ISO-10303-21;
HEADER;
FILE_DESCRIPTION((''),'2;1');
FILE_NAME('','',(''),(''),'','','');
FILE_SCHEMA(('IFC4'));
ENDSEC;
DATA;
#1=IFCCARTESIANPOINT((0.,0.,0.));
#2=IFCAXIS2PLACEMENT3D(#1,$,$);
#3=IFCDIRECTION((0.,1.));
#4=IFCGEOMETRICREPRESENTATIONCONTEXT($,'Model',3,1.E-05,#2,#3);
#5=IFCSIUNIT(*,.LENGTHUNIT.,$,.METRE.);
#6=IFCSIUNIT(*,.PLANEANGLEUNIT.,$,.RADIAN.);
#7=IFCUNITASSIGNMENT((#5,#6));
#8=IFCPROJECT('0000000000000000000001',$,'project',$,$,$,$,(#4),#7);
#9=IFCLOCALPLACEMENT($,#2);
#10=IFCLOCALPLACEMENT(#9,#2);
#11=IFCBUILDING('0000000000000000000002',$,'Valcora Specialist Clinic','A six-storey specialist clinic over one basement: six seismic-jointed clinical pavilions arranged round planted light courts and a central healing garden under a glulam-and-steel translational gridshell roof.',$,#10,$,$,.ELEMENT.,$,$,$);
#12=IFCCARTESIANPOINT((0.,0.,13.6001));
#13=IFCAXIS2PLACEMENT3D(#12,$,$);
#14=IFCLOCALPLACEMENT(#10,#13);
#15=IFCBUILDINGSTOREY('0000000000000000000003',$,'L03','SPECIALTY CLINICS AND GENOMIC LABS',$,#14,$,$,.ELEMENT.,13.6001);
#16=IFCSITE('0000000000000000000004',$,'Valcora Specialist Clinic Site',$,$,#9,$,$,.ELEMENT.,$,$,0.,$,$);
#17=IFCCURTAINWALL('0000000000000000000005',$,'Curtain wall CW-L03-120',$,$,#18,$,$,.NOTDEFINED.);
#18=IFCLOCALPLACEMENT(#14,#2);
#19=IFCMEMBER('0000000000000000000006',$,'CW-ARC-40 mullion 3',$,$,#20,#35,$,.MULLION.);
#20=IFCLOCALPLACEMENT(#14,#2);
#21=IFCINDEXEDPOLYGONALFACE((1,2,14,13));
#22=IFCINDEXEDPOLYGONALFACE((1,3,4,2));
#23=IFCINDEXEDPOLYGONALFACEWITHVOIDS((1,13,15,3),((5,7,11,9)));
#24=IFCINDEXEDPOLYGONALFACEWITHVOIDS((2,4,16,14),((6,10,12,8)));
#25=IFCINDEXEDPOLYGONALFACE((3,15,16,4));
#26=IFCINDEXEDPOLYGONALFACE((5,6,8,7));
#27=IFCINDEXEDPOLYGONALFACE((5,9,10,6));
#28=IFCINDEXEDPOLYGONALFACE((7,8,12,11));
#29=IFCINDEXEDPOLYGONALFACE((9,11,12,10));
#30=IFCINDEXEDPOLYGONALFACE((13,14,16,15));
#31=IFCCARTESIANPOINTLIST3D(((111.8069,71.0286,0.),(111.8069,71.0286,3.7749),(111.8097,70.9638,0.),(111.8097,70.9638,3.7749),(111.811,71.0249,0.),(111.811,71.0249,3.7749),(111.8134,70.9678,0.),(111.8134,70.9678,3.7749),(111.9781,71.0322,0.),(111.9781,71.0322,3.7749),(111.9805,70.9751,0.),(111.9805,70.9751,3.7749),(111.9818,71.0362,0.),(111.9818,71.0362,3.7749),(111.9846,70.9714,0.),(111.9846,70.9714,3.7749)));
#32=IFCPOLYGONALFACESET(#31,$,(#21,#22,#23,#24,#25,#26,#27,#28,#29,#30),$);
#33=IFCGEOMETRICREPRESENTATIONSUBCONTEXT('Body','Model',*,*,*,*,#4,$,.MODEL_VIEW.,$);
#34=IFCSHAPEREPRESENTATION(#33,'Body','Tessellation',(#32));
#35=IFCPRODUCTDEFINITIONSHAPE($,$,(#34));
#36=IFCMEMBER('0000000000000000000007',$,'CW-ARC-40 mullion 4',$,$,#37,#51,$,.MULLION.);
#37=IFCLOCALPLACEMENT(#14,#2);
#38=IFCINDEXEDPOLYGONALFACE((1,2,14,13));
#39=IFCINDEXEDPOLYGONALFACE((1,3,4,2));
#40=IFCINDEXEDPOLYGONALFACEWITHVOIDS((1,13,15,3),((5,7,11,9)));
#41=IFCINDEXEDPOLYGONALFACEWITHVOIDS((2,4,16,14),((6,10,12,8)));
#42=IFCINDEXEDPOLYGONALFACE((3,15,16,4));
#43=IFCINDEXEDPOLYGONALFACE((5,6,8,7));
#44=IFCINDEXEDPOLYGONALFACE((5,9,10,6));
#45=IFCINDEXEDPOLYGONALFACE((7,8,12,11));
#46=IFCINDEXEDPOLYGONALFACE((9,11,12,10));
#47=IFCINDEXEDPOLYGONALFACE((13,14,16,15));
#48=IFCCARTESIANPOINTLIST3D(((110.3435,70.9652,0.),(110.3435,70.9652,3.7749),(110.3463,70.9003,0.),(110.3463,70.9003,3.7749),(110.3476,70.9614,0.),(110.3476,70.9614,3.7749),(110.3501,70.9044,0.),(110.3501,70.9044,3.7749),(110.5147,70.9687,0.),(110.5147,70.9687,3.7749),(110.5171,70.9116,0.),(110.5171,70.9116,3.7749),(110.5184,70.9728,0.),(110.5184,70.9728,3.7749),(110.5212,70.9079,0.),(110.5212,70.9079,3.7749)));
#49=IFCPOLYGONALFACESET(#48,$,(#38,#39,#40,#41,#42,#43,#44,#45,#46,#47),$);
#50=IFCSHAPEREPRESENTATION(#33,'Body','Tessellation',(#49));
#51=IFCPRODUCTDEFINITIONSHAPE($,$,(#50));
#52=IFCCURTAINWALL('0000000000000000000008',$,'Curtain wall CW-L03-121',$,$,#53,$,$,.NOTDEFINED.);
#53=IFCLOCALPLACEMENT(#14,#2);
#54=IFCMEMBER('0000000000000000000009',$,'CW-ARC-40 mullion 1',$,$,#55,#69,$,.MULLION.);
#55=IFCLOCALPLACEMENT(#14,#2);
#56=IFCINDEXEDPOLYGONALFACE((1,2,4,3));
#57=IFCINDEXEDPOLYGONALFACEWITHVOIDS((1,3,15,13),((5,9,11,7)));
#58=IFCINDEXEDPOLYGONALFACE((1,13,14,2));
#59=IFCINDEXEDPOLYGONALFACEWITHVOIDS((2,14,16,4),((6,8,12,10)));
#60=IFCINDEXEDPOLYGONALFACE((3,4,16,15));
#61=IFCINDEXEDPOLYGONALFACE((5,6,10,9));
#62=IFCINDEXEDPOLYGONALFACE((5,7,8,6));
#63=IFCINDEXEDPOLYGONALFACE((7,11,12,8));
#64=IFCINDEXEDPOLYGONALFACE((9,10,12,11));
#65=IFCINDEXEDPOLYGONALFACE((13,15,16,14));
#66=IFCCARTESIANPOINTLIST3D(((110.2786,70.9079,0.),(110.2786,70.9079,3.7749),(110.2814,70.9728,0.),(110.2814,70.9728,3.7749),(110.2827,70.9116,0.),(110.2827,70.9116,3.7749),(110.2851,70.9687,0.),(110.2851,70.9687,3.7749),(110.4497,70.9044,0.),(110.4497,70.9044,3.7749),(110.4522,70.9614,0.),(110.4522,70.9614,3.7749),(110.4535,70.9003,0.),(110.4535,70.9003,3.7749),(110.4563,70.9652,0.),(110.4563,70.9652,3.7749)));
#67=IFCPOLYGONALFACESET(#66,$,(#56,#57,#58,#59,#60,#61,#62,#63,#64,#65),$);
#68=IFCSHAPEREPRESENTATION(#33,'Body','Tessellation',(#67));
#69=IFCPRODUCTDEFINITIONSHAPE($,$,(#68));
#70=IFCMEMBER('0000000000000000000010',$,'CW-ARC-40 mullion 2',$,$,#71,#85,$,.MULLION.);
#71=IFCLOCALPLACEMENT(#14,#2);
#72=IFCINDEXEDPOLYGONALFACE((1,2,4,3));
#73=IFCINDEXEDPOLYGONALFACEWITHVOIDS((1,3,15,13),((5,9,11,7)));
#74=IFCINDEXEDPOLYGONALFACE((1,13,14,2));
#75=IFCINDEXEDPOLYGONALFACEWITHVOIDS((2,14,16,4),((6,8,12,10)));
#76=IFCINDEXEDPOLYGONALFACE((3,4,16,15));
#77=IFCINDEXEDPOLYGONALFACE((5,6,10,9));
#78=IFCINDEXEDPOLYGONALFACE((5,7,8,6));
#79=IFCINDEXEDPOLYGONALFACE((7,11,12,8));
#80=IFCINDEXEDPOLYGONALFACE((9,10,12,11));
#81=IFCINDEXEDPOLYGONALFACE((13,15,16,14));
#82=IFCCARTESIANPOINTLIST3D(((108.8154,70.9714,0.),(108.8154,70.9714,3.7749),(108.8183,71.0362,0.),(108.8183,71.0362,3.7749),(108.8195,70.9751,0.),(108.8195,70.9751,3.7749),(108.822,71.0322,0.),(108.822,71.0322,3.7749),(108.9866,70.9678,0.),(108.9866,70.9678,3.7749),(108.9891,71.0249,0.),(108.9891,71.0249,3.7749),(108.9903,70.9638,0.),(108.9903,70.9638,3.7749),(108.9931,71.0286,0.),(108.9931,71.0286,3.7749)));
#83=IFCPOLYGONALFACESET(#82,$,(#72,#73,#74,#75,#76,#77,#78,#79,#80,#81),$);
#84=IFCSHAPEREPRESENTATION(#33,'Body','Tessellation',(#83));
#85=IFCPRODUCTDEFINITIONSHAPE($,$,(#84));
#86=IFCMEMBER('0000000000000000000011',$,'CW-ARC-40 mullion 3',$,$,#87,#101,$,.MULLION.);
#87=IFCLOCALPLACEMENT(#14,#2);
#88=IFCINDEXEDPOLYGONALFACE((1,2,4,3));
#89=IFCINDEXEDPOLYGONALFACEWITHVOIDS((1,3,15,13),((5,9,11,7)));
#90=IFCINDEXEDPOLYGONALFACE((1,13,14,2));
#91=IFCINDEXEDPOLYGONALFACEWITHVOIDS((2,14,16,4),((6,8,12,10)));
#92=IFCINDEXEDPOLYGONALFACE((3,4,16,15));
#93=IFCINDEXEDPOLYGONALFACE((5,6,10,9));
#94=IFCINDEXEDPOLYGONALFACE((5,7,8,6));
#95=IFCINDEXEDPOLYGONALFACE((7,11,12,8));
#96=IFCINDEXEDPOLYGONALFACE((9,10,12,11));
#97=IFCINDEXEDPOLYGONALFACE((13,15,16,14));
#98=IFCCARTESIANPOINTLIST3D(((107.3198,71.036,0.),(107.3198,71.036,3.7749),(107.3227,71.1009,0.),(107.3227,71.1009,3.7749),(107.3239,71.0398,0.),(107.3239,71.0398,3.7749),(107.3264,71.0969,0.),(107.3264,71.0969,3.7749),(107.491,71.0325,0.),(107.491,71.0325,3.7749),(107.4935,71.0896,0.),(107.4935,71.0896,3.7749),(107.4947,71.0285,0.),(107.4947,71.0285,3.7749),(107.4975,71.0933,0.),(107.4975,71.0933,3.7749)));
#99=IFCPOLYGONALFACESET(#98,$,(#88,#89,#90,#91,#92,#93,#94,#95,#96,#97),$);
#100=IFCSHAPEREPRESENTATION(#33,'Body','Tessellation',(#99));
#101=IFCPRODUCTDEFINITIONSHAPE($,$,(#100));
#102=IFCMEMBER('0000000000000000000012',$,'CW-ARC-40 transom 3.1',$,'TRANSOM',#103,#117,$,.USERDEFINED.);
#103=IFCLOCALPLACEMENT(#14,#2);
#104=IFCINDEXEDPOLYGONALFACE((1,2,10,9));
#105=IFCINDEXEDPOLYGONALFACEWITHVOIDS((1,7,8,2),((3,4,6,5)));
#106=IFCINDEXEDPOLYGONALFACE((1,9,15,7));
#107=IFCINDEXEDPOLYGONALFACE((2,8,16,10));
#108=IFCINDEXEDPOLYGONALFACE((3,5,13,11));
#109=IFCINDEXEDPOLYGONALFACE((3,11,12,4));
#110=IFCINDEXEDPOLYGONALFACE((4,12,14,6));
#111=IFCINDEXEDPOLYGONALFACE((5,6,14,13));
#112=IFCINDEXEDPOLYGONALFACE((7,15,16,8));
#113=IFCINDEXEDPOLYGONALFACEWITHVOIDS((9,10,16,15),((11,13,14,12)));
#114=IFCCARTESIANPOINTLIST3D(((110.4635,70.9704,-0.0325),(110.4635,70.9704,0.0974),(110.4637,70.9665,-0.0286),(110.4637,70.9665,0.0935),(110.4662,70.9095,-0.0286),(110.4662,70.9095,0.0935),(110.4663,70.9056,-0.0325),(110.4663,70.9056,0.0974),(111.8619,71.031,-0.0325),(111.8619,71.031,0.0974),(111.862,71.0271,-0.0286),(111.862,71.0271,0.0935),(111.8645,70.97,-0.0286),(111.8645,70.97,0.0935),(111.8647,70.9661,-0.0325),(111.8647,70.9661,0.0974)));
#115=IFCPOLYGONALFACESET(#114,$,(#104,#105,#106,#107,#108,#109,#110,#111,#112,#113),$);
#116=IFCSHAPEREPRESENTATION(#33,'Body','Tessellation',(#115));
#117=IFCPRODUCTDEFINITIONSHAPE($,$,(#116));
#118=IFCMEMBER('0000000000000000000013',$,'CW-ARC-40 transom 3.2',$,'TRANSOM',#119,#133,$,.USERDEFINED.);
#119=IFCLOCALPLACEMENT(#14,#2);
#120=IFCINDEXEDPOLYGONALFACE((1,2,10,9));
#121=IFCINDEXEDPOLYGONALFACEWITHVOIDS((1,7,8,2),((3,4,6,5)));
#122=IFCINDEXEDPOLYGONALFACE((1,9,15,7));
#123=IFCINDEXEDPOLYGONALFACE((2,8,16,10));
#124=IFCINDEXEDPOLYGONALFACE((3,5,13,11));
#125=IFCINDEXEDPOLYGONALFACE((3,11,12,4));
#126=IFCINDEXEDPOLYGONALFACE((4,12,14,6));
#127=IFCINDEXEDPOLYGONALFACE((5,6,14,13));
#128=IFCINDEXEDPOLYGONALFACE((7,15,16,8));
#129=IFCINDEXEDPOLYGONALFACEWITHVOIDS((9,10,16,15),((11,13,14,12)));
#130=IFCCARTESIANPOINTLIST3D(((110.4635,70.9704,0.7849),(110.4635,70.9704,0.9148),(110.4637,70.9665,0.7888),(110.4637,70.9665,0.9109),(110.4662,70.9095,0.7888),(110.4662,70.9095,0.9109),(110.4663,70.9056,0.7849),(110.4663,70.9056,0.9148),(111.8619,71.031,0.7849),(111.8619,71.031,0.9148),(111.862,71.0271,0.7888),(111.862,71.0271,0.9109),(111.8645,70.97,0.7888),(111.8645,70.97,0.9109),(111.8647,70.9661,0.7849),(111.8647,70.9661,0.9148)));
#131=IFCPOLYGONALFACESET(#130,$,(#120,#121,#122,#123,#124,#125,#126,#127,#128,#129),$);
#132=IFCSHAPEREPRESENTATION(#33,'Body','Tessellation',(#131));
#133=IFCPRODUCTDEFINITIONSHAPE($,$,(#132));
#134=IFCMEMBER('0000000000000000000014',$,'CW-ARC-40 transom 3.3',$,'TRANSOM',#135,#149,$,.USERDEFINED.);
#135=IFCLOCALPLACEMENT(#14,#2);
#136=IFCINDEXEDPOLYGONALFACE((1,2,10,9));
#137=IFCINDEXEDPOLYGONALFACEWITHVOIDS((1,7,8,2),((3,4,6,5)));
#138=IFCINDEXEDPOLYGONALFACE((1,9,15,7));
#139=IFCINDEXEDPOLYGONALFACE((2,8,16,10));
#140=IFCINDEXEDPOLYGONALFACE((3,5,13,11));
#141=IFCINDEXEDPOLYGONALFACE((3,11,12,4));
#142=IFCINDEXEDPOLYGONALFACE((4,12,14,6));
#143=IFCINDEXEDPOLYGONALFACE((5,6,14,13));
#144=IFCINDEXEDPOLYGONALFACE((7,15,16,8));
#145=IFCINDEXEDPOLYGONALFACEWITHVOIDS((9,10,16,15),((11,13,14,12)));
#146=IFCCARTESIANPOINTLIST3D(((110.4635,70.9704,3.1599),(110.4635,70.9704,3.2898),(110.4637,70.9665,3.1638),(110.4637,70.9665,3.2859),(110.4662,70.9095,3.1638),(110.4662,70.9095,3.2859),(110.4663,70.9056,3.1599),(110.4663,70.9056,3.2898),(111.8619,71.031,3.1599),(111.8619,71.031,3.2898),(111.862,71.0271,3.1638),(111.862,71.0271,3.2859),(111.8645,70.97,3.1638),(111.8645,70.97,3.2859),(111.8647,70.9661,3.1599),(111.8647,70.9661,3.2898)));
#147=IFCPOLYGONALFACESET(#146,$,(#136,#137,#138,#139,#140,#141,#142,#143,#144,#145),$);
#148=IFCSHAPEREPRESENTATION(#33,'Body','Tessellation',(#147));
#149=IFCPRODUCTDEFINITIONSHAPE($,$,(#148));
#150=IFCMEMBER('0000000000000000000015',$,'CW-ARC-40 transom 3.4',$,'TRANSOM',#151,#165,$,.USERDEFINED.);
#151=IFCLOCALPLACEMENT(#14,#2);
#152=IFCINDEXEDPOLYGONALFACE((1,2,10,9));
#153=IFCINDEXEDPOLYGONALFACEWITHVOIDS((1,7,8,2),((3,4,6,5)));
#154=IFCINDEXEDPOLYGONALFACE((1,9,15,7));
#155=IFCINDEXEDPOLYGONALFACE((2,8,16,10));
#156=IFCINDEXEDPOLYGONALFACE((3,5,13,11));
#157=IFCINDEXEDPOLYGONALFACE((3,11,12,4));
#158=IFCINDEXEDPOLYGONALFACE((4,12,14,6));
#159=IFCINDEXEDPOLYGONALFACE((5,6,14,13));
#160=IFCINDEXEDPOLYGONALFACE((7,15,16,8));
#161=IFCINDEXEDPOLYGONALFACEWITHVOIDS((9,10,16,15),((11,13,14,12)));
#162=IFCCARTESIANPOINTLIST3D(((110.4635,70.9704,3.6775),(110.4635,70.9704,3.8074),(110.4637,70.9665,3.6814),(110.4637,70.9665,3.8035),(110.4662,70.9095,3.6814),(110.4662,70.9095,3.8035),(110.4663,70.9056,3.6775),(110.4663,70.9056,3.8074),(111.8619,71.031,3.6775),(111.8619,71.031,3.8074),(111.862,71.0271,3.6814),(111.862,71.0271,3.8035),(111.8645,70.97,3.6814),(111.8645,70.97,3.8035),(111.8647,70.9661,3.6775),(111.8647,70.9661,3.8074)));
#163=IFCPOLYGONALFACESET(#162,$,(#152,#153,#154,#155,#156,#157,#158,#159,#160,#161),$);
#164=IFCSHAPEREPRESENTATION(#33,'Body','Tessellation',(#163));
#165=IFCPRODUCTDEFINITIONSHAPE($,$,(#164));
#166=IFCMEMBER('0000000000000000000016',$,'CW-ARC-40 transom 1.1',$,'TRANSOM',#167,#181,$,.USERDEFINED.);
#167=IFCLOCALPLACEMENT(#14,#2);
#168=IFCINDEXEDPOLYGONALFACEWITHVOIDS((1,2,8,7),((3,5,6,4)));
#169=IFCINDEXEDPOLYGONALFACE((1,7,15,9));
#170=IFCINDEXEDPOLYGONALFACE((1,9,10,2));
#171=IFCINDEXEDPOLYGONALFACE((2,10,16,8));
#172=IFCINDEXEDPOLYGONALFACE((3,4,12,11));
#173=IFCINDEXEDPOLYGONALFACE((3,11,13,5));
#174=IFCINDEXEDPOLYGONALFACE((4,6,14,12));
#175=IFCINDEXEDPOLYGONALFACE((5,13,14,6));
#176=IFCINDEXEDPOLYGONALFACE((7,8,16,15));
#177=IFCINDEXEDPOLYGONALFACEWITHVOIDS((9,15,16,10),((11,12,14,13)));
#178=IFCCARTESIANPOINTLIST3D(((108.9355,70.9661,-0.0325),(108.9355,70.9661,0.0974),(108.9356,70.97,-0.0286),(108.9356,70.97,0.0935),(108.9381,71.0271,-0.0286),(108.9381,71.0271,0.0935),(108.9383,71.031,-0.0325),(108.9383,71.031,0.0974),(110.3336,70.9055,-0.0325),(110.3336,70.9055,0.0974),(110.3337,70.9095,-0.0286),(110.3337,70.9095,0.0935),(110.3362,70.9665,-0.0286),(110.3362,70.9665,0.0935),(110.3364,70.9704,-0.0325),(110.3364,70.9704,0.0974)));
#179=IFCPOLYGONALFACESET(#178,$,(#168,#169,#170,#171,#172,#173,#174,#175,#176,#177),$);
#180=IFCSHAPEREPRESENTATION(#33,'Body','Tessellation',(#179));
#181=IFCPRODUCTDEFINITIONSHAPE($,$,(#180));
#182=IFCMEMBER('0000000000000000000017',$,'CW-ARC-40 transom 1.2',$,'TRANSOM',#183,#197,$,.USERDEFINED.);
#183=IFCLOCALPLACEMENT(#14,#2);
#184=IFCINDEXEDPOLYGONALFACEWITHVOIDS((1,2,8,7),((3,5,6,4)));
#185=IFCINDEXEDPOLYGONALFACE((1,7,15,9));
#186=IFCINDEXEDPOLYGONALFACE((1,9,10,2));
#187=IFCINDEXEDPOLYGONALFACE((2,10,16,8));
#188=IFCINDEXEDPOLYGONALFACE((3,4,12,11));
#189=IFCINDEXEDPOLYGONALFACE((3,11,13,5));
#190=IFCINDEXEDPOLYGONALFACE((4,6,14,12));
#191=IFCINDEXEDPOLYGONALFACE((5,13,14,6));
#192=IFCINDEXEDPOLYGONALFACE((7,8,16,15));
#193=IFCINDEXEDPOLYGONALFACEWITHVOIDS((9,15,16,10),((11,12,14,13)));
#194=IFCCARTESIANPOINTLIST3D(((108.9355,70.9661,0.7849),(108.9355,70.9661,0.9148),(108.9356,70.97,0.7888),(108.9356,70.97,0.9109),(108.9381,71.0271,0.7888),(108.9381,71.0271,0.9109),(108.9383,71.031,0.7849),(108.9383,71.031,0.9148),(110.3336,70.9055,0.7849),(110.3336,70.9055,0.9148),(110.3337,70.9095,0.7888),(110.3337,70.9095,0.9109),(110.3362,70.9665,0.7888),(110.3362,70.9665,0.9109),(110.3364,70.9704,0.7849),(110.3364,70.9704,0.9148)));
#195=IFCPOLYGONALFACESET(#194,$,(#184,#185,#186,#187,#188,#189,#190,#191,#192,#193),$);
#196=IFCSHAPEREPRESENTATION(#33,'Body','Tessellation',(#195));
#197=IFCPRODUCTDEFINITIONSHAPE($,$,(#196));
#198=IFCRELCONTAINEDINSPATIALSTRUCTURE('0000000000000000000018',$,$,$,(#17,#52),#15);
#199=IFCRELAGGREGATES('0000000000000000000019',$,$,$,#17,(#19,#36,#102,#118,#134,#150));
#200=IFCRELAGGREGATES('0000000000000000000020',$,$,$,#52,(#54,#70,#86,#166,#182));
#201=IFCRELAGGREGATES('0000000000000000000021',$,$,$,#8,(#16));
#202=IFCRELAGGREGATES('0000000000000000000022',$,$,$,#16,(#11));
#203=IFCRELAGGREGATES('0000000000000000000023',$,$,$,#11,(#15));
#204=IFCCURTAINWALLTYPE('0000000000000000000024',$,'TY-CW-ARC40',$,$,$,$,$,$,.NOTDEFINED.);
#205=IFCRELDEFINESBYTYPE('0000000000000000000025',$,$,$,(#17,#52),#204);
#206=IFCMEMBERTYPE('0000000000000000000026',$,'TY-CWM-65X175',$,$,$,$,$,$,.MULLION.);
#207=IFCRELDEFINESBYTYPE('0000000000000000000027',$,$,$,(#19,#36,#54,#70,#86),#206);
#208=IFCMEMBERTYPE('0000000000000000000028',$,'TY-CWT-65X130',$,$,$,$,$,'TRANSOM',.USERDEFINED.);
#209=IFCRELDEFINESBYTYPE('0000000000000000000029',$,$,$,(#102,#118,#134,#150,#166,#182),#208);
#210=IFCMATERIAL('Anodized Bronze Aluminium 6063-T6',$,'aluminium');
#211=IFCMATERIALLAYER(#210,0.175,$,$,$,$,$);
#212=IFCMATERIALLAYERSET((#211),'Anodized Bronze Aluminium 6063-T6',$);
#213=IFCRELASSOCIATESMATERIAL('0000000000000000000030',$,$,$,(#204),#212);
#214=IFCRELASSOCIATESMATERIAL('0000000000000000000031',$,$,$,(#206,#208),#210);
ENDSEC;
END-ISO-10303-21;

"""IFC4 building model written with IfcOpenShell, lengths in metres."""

from ifc_helpers import new_model, si_unit, direction, frame, origin, origin_2d, place, context, subcontext, project, spatial, hollow_rectangle, extrude, material, layer, layer_set, material_profile, profile_set, type_object, element, aggregate, save


model = new_model("IFC4")

# Units and contexts
model_context = context("Model", 3, precision=1e-05, world=origin(), true_north=direction((0.0, 1.0)))
body_context = subcontext(model_context, "Body", "Model", "MODEL_VIEW")
ifc_project = project(units=[si_unit("LENGTHUNIT", "METRE"), si_unit("PLANEANGLEUNIT", "RADIAN")], contexts=[model_context])

# Site, building, storey
site_placement = place(None, origin())
site = spatial("IfcSite", under=ifc_project, at=site_placement, Name="Valcora Specialist Clinic Site", CompositionType="ELEMENT", RefElevation=0.0)
building_placement = place(site_placement, origin())
building = spatial("IfcBuilding", under=site, at=building_placement, Name="Valcora Specialist Clinic", Description="A six-storey specialist clinic over one basement: six seismic-jointed clinical pavilions arranged round planted light courts and a central healing garden under a glulam-and-steel translational gridshell roof.", CompositionType="ELEMENT")
storey_placement = place(building_placement, frame((0.0, 0.0, 13.6001)))
storey = spatial("IfcBuildingStorey", under=building, at=storey_placement, Name="L03", Description="SPECIALTY CLINICS AND GENOMIC LABS", CompositionType="ELEMENT", Elevation=13.6001)

# Curtain walls, members
ifc_material_1 = material(Name="Anodized Bronze Aluminium 6063-T6", Category="aluminium")
ifc_layer_1 = layer(ifc_material_1, 0.175)
ifc_layer_set_1 = layer_set([ifc_layer_1], Name="Anodized Bronze Aluminium 6063-T6")
curtain_wall_type = type_object("IfcCurtainWallType", Name="TY-CW-ARC40", PredefinedType="NOTDEFINED", material=ifc_layer_set_1)
curtain_wall_1_placement = place(storey_placement, origin())
curtain_wall_1 = element("IfcCurtainWall", 1, at=curtain_wall_1_placement, inside=storey, type_object=curtain_wall_type, Name="Curtain wall CW-L03-120", PredefinedType="NOTDEFINED")
ifc_material_profile_1 = material_profile(ifc_material_1, hollow_rectangle(XDim=0.0649, YDim=0.175, WallThickness=0.0039, at=origin_2d()), Name="AL-MUL-65X175")
ifc_profile_set_1 = profile_set([ifc_material_profile_1], Name="Anodized Bronze Aluminium 6063-T6")
member_type_1 = type_object("IfcMemberType", Name="TY-CWM-65X175", PredefinedType="MULLION", material=ifc_profile_set_1)
member_1_placement = place(storey_placement, frame((111.8958, 71.0, 0.0), z_axis=(0.0, 0.0, 1.0), x_axis=(0.043307, -0.999062, 0.0)))
member_1 = element("IfcMember", 2, at=member_1_placement, type_object=member_type_1, Name="CW-ARC-40 mullion 3", PredefinedType="MULLION", context=body_context, shape_type="SweptSolid", body=[
    extrude(hollow_rectangle(XDim=0.0649, YDim=0.175, WallThickness=0.0039, at=origin_2d()), origin(), (0.0, 0.0, 1.0), 3.7749),
])
member_2_placement = place(storey_placement, frame((110.4324, 70.9365, 0.0), z_axis=(0.0, 0.0, 1.0), x_axis=(0.043307, -0.999062, 0.0)))
member_2 = element("IfcMember", 3, at=member_2_placement, type_object=member_type_1, Name="CW-ARC-40 mullion 4", PredefinedType="MULLION", context=body_context, shape_type="SweptSolid", body=[
    extrude(hollow_rectangle(XDim=0.0649, YDim=0.175, WallThickness=0.0039, at=origin_2d()), origin(), (0.0, 0.0, 1.0), 3.7749),
])
curtain_wall_2_placement = place(storey_placement, origin())
curtain_wall_2 = element("IfcCurtainWall", 4, at=curtain_wall_2_placement, inside=storey, type_object=curtain_wall_type, Name="Curtain wall CW-L03-121", PredefinedType="NOTDEFINED")
member_3_placement = place(storey_placement, frame((110.3674, 70.9365, 0.0), z_axis=(0.0, 0.0, 1.0), x_axis=(-0.043307, -0.999062, 0.0)))
member_3 = element("IfcMember", 5, at=member_3_placement, type_object=member_type_1, Name="CW-ARC-40 mullion 1", PredefinedType="MULLION", context=body_context, shape_type="SweptSolid", body=[
    extrude(hollow_rectangle(XDim=0.0649, YDim=0.175, WallThickness=0.0039, at=origin_2d()), origin(), (0.0, 0.0, 1.0), 3.7749),
])
member_4_placement = place(storey_placement, frame((108.9043, 71.0, 0.0), z_axis=(0.0, 0.0, 1.0), x_axis=(-0.043307, -0.999062, 0.0)))
member_4 = element("IfcMember", 6, at=member_4_placement, type_object=member_type_1, Name="CW-ARC-40 mullion 2", PredefinedType="MULLION", context=body_context, shape_type="SweptSolid", body=[
    extrude(hollow_rectangle(XDim=0.0649, YDim=0.175, WallThickness=0.0039, at=origin_2d()), origin(), (0.0, 0.0, 1.0), 3.7749),
])
member_5_placement = place(storey_placement, frame((107.4087, 71.0647, 0.0), z_axis=(0.0, 0.0, 1.0), x_axis=(-0.043307, -0.999062, 0.0)))
member_5 = element("IfcMember", 7, at=member_5_placement, type_object=member_type_1, Name="CW-ARC-40 mullion 3", PredefinedType="MULLION", context=body_context, shape_type="SweptSolid", body=[
    extrude(hollow_rectangle(XDim=0.0649, YDim=0.175, WallThickness=0.0039, at=origin_2d()), origin(), (0.0, 0.0, 1.0), 3.7749),
])

# Members
ifc_material_profile_2 = material_profile(ifc_material_1, hollow_rectangle(XDim=0.0649, YDim=0.1299, WallThickness=0.0039, at=origin_2d()), Name="AL-TRN-65X130")
ifc_profile_set_2 = profile_set([ifc_material_profile_2], Name="Anodized Bronze Aluminium 6063-T6")
member_type_2 = type_object("IfcMemberType", Name="TY-CWT-65X130", ElementType="TRANSOM", PredefinedType="USERDEFINED", material=ifc_profile_set_2)
member_6_placement = place(storey_placement, frame((111.8633, 70.9985, 0.0325), z_axis=(-0.999064, -0.043256, 0.0), x_axis=(0.043256, -0.999064, 0.0)))
member_6 = element("IfcMember", 8, at=member_6_placement, type_object=member_type_2, Name="CW-ARC-40 transom 3.1", ObjectType="TRANSOM", PredefinedType="USERDEFINED", context=body_context, shape_type="SweptSolid", body=[
    extrude(hollow_rectangle(XDim=0.0649, YDim=0.1299, WallThickness=0.0039, at=origin_2d()), origin(), (0.0, 0.0, 1.0), 1.3997),
])
member_7_placement = place(storey_placement, frame((111.8633, 70.9985, 0.8499), z_axis=(-0.999064, -0.043256, 0.0), x_axis=(0.043256, -0.999064, 0.0)))
member_7 = element("IfcMember", 9, at=member_7_placement, type_object=member_type_2, Name="CW-ARC-40 transom 3.2", ObjectType="TRANSOM", PredefinedType="USERDEFINED", context=body_context, shape_type="SweptSolid", body=[
    extrude(hollow_rectangle(XDim=0.0649, YDim=0.1299, WallThickness=0.0039, at=origin_2d()), origin(), (0.0, 0.0, 1.0), 1.3997),
])
member_8_placement = place(storey_placement, frame((111.8633, 70.9985, 3.2249), z_axis=(-0.999064, -0.043256, 0.0), x_axis=(0.043256, -0.999064, 0.0)))
member_8 = element("IfcMember", 10, at=member_8_placement, type_object=member_type_2, Name="CW-ARC-40 transom 3.3", ObjectType="TRANSOM", PredefinedType="USERDEFINED", context=body_context, shape_type="SweptSolid", body=[
    extrude(hollow_rectangle(XDim=0.0649, YDim=0.1299, WallThickness=0.0039, at=origin_2d()), origin(), (0.0, 0.0, 1.0), 1.3997),
])
member_9_placement = place(storey_placement, frame((111.8633, 70.9985, 3.7424), z_axis=(-0.999064, -0.043256, 0.0), x_axis=(0.043256, -0.999064, 0.0)))
member_9 = element("IfcMember", 11, at=member_9_placement, type_object=member_type_2, Name="CW-ARC-40 transom 3.4", ObjectType="TRANSOM", PredefinedType="USERDEFINED", context=body_context, shape_type="SweptSolid", body=[
    extrude(hollow_rectangle(XDim=0.0649, YDim=0.1299, WallThickness=0.0039, at=origin_2d()), origin(), (0.0, 0.0, 1.0), 1.3997),
])
member_10_placement = place(storey_placement, frame((110.335, 70.938, 0.0325), z_axis=(-0.999064, 0.043263, 0.0), x_axis=(-0.043263, -0.999064, 0.0)))
member_10 = element("IfcMember", 12, at=member_10_placement, type_object=member_type_2, Name="CW-ARC-40 transom 1.1", ObjectType="TRANSOM", PredefinedType="USERDEFINED", context=body_context, shape_type="SweptSolid", body=[
    extrude(hollow_rectangle(XDim=0.0649, YDim=0.1299, WallThickness=0.0039, at=origin_2d()), origin(), (0.0, 0.0, 1.0), 1.3994),
])
member_11_placement = place(storey_placement, frame((110.335, 70.938, 0.8499), z_axis=(-0.999064, 0.043263, 0.0), x_axis=(-0.043263, -0.999064, 0.0)))
member_11 = element("IfcMember", 13, at=member_11_placement, type_object=member_type_2, Name="CW-ARC-40 transom 1.2", ObjectType="TRANSOM", PredefinedType="USERDEFINED", context=body_context, shape_type="SweptSolid", body=[
    extrude(hollow_rectangle(XDim=0.0649, YDim=0.1299, WallThickness=0.0039, at=origin_2d()), origin(), (0.0, 0.0, 1.0), 1.3994),
])

aggregate(curtain_wall_1, [member_1, member_2, member_6, member_7, member_8, member_9])
aggregate(curtain_wall_2, [member_3, member_4, member_5, member_10, member_11])

save(model, "model.ifc")
